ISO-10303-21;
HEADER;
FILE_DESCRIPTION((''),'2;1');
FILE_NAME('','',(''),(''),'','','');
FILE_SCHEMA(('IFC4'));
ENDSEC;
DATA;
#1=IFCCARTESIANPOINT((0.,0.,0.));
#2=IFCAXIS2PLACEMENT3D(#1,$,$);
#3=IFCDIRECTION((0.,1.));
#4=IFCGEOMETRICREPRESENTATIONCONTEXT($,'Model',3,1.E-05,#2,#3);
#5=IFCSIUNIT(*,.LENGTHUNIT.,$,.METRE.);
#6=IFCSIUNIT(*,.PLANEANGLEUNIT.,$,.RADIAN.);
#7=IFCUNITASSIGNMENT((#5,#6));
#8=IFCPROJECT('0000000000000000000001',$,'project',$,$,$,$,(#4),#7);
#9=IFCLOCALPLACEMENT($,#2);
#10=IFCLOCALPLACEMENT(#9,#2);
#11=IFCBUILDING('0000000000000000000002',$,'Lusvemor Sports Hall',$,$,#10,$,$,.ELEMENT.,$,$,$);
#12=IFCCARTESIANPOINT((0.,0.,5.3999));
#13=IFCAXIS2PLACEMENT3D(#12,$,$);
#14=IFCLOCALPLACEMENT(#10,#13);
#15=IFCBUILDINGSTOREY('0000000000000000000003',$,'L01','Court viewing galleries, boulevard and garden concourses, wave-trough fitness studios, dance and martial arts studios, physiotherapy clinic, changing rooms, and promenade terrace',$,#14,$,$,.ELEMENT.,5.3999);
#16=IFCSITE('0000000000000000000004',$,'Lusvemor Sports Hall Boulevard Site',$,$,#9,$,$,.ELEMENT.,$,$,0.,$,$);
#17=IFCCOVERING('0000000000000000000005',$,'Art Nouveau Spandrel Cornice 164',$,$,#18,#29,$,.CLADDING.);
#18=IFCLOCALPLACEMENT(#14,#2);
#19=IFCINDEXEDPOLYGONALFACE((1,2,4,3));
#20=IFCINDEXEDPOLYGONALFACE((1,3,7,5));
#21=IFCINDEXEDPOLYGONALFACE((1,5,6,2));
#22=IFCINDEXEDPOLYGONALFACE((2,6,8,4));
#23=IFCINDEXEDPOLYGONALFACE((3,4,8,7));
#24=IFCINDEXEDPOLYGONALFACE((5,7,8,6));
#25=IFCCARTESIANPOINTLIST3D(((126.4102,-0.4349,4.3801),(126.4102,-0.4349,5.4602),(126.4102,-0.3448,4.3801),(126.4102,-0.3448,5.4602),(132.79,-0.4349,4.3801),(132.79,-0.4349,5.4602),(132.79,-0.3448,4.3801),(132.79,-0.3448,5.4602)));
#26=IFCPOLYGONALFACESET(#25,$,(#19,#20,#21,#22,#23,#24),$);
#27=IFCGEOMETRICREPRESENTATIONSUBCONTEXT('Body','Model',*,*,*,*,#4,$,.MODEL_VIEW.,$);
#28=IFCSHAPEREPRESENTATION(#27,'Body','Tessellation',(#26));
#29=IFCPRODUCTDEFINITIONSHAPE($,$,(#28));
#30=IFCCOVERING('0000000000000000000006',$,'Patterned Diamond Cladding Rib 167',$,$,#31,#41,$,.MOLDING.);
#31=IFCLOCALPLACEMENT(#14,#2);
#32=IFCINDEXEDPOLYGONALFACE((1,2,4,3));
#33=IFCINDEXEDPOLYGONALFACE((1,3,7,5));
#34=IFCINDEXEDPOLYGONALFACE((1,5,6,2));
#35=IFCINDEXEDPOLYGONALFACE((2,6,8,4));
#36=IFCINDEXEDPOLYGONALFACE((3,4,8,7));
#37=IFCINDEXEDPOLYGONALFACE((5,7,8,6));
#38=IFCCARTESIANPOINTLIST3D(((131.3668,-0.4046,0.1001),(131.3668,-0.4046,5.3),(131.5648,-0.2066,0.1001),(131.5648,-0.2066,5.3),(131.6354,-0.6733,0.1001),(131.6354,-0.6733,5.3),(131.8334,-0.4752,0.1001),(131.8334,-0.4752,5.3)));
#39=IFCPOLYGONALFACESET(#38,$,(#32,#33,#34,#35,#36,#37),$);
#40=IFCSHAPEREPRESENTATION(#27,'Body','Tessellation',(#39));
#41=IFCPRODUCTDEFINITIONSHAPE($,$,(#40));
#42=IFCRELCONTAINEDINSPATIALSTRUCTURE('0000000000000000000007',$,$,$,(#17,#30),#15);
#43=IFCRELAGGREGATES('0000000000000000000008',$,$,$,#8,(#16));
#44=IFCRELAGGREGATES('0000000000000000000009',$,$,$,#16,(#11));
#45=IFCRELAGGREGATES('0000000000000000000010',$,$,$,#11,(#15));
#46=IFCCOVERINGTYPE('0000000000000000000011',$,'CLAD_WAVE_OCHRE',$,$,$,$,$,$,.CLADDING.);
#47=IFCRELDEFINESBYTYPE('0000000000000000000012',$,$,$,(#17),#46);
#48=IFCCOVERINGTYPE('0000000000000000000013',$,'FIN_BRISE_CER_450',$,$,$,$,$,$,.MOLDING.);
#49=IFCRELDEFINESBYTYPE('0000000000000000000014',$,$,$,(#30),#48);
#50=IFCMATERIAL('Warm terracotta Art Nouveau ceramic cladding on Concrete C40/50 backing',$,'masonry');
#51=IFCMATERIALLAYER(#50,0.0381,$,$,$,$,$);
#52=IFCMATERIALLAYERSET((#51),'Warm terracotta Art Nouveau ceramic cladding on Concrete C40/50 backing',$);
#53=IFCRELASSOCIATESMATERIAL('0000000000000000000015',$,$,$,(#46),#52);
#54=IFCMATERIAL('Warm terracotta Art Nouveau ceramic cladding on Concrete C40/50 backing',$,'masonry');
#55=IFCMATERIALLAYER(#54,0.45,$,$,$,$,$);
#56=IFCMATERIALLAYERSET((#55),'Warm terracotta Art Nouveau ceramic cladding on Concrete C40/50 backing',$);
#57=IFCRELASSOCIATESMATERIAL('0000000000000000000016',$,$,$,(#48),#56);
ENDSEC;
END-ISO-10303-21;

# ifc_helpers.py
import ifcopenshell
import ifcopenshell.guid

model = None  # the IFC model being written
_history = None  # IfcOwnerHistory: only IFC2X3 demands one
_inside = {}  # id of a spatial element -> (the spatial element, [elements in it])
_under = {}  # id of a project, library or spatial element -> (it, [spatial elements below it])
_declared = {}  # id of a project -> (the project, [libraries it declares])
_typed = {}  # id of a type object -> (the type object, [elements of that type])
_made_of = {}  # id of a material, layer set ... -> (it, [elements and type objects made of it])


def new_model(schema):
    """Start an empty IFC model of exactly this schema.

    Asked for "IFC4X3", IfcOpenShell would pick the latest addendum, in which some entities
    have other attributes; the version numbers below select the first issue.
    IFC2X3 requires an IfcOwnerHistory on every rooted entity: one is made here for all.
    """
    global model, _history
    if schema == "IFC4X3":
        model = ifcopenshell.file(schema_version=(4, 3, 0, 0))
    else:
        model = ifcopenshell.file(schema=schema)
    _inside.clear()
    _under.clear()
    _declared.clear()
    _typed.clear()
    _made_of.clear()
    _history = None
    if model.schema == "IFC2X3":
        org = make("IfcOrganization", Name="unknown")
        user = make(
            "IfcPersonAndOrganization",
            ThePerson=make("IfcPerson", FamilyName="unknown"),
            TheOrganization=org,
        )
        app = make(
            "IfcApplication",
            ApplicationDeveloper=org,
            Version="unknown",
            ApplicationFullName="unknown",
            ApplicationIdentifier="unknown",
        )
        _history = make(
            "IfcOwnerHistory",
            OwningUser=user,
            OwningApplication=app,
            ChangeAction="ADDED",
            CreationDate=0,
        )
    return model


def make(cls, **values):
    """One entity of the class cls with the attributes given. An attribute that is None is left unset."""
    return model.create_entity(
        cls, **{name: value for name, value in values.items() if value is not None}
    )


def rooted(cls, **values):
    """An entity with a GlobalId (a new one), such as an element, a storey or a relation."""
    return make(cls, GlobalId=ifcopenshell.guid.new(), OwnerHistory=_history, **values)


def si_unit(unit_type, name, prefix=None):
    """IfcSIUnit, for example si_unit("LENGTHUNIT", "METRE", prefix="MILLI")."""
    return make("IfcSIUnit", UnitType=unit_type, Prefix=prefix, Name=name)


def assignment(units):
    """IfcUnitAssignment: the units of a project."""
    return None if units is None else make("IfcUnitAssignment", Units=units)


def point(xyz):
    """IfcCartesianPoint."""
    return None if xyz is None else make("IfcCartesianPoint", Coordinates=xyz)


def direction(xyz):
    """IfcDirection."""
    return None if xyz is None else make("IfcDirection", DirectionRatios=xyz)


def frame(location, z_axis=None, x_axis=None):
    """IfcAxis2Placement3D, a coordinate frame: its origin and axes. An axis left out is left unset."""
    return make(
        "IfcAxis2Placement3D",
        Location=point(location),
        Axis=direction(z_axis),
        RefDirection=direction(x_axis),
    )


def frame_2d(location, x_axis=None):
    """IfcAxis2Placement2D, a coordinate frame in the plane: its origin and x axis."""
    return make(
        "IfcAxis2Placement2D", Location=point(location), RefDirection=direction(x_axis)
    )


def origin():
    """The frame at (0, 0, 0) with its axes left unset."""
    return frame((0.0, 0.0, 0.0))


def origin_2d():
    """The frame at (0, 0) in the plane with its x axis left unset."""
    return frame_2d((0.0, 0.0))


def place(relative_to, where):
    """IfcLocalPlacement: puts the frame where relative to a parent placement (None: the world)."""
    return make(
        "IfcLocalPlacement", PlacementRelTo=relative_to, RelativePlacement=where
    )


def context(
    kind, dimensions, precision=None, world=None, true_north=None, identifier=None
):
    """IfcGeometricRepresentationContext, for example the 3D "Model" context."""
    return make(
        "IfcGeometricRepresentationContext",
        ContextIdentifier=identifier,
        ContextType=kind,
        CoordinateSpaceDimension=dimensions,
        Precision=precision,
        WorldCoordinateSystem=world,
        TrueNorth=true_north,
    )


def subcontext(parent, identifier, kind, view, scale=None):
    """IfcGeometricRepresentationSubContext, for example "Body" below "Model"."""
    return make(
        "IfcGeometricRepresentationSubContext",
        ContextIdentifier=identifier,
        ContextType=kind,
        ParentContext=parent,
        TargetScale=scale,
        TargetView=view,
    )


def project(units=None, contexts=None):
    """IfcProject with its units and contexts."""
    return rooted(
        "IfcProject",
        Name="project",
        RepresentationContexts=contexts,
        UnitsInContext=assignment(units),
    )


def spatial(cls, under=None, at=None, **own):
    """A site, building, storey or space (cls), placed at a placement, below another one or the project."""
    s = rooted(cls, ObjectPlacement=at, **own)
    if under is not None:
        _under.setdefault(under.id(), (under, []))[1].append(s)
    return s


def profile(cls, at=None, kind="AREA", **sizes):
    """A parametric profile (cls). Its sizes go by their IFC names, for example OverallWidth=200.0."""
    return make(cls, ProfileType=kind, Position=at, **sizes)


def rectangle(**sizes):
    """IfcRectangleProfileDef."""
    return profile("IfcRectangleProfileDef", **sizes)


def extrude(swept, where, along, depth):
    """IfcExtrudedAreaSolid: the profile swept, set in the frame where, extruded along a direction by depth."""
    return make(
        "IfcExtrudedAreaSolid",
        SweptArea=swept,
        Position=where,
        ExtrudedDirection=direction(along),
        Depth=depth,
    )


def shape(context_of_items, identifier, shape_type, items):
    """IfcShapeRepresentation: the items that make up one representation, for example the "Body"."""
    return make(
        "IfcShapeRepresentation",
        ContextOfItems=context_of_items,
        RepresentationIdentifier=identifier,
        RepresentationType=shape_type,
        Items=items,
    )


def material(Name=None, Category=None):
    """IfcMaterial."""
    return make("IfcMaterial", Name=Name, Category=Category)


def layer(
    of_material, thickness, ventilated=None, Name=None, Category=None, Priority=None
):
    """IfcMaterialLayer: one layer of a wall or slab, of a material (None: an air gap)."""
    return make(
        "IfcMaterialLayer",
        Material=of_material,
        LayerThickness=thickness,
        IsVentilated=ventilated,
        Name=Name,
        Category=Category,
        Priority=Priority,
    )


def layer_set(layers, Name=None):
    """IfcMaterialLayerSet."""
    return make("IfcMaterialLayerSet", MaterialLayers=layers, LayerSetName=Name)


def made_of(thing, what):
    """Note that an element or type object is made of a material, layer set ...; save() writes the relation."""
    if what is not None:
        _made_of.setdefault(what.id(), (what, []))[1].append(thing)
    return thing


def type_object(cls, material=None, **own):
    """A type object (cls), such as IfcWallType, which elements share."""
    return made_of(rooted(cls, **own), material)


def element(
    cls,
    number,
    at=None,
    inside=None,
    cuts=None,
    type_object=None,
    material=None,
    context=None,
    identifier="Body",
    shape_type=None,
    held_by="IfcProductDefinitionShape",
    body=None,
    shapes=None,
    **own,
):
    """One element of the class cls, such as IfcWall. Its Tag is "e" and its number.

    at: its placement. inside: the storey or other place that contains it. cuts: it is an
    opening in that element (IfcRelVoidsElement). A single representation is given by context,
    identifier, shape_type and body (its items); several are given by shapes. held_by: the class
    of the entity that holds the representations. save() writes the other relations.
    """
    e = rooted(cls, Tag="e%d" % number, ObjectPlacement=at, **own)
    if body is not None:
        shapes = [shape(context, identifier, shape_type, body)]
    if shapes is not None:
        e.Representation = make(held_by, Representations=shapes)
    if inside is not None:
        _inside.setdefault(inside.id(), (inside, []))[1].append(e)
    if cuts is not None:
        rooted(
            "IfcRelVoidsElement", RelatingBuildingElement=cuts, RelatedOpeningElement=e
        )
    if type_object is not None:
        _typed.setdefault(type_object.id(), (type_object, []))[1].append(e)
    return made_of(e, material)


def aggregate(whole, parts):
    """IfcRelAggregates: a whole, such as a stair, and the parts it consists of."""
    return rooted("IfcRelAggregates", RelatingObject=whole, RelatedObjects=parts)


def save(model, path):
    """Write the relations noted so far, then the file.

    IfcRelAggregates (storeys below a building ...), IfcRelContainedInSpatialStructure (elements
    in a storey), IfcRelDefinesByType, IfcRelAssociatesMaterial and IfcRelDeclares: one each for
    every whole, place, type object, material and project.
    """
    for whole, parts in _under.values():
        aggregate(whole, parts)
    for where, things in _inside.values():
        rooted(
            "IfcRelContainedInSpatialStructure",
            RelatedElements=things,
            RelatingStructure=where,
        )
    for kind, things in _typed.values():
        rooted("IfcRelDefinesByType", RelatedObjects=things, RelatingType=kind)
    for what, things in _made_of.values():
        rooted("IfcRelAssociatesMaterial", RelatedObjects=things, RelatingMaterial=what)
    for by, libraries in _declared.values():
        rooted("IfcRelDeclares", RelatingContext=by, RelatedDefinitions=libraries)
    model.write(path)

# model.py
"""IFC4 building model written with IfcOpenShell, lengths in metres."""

from ifc_helpers import new_model, si_unit, direction, frame, origin, origin_2d, place, context, subcontext, project, spatial, rectangle, extrude, material, layer, layer_set, type_object, element, save


model = new_model("IFC4")

# Units and contexts
model_context = context("Model", 3, precision=1e-05, world=origin(), true_north=direction((0.0, 1.0)))
body_context = subcontext(model_context, "Body", "Model", "MODEL_VIEW")
ifc_project = project(units=[si_unit("LENGTHUNIT", "METRE"), si_unit("PLANEANGLEUNIT", "RADIAN")], contexts=[model_context])

# Site, building, storey
site_placement = place(None, origin())
site = spatial("IfcSite", under=ifc_project, at=site_placement, Name="Lusvemor Sports Hall Boulevard Site", CompositionType="ELEMENT", RefElevation=0.0)
building_placement = place(site_placement, origin())
building = spatial("IfcBuilding", under=site, at=building_placement, Name="Lusvemor Sports Hall", CompositionType="ELEMENT")
storey_placement = place(building_placement, frame((0.0, 0.0, 5.3999)))
storey = spatial("IfcBuildingStorey", under=building, at=storey_placement, Name="L01", Description="Court viewing galleries, boulevard and garden concourses, wave-trough fitness studios, dance and martial arts studios, physiotherapy clinic, changing rooms, and promenade terrace", CompositionType="ELEMENT", Elevation=5.3999)

# Coverings
ifc_material_1 = material(Name="Warm terracotta Art Nouveau ceramic cladding on Concrete C40/50 backing", Category="masonry")
ifc_layer_1 = layer(ifc_material_1, 0.0381)
ifc_layer_set_1 = layer_set([ifc_layer_1], Name="Warm terracotta Art Nouveau ceramic cladding on Concrete C40/50 backing")
covering_type_1 = type_object("IfcCoveringType", Name="CLAD_WAVE_OCHRE", PredefinedType="CLADDING", material=ifc_layer_set_1)
covering_1_placement = place(storey_placement, frame((129.6001, -0.3899, 4.3801), z_axis=(0.0, 0.0, 1.0), x_axis=(1.0, 0.0, 0.0)))
element("IfcCovering", 1, at=covering_1_placement, inside=storey, type_object=covering_type_1, Name="Art Nouveau Spandrel Cornice 164", PredefinedType="CLADDING", context=body_context, shape_type="SweptSolid", body=[
    extrude(rectangle(XDim=6.3799, YDim=0.0901, at=origin_2d()), origin(), (0.0, 0.0, 1.0), 1.0801),
])
ifc_material_2 = material(Name="Warm terracotta Art Nouveau ceramic cladding on Concrete C40/50 backing", Category="masonry")
ifc_layer_2 = layer(ifc_material_2, 0.45)
ifc_layer_set_2 = layer_set([ifc_layer_2], Name="Warm terracotta Art Nouveau ceramic cladding on Concrete C40/50 backing")
covering_type_2 = type_object("IfcCoveringType", Name="FIN_BRISE_CER_450", PredefinedType="MOLDING", material=ifc_layer_set_2)
covering_2_placement = place(storey_placement, frame((131.6001, -0.4399, 0.1001), z_axis=(0.0, 0.0, 1.0), x_axis=(0.707107, 0.707107, 0.0)))
element("IfcCovering", 2, at=covering_2_placement, inside=storey, type_object=covering_type_2, Name="Patterned Diamond Cladding Rib 167", PredefinedType="MOLDING", context=body_context, shape_type="SweptSolid", body=[
    extrude(rectangle(XDim=0.28, YDim=0.3799, at=origin_2d()), origin(), (0.0, 0.0, 1.0), 5.2),
])

save(model, "model.ifc")
